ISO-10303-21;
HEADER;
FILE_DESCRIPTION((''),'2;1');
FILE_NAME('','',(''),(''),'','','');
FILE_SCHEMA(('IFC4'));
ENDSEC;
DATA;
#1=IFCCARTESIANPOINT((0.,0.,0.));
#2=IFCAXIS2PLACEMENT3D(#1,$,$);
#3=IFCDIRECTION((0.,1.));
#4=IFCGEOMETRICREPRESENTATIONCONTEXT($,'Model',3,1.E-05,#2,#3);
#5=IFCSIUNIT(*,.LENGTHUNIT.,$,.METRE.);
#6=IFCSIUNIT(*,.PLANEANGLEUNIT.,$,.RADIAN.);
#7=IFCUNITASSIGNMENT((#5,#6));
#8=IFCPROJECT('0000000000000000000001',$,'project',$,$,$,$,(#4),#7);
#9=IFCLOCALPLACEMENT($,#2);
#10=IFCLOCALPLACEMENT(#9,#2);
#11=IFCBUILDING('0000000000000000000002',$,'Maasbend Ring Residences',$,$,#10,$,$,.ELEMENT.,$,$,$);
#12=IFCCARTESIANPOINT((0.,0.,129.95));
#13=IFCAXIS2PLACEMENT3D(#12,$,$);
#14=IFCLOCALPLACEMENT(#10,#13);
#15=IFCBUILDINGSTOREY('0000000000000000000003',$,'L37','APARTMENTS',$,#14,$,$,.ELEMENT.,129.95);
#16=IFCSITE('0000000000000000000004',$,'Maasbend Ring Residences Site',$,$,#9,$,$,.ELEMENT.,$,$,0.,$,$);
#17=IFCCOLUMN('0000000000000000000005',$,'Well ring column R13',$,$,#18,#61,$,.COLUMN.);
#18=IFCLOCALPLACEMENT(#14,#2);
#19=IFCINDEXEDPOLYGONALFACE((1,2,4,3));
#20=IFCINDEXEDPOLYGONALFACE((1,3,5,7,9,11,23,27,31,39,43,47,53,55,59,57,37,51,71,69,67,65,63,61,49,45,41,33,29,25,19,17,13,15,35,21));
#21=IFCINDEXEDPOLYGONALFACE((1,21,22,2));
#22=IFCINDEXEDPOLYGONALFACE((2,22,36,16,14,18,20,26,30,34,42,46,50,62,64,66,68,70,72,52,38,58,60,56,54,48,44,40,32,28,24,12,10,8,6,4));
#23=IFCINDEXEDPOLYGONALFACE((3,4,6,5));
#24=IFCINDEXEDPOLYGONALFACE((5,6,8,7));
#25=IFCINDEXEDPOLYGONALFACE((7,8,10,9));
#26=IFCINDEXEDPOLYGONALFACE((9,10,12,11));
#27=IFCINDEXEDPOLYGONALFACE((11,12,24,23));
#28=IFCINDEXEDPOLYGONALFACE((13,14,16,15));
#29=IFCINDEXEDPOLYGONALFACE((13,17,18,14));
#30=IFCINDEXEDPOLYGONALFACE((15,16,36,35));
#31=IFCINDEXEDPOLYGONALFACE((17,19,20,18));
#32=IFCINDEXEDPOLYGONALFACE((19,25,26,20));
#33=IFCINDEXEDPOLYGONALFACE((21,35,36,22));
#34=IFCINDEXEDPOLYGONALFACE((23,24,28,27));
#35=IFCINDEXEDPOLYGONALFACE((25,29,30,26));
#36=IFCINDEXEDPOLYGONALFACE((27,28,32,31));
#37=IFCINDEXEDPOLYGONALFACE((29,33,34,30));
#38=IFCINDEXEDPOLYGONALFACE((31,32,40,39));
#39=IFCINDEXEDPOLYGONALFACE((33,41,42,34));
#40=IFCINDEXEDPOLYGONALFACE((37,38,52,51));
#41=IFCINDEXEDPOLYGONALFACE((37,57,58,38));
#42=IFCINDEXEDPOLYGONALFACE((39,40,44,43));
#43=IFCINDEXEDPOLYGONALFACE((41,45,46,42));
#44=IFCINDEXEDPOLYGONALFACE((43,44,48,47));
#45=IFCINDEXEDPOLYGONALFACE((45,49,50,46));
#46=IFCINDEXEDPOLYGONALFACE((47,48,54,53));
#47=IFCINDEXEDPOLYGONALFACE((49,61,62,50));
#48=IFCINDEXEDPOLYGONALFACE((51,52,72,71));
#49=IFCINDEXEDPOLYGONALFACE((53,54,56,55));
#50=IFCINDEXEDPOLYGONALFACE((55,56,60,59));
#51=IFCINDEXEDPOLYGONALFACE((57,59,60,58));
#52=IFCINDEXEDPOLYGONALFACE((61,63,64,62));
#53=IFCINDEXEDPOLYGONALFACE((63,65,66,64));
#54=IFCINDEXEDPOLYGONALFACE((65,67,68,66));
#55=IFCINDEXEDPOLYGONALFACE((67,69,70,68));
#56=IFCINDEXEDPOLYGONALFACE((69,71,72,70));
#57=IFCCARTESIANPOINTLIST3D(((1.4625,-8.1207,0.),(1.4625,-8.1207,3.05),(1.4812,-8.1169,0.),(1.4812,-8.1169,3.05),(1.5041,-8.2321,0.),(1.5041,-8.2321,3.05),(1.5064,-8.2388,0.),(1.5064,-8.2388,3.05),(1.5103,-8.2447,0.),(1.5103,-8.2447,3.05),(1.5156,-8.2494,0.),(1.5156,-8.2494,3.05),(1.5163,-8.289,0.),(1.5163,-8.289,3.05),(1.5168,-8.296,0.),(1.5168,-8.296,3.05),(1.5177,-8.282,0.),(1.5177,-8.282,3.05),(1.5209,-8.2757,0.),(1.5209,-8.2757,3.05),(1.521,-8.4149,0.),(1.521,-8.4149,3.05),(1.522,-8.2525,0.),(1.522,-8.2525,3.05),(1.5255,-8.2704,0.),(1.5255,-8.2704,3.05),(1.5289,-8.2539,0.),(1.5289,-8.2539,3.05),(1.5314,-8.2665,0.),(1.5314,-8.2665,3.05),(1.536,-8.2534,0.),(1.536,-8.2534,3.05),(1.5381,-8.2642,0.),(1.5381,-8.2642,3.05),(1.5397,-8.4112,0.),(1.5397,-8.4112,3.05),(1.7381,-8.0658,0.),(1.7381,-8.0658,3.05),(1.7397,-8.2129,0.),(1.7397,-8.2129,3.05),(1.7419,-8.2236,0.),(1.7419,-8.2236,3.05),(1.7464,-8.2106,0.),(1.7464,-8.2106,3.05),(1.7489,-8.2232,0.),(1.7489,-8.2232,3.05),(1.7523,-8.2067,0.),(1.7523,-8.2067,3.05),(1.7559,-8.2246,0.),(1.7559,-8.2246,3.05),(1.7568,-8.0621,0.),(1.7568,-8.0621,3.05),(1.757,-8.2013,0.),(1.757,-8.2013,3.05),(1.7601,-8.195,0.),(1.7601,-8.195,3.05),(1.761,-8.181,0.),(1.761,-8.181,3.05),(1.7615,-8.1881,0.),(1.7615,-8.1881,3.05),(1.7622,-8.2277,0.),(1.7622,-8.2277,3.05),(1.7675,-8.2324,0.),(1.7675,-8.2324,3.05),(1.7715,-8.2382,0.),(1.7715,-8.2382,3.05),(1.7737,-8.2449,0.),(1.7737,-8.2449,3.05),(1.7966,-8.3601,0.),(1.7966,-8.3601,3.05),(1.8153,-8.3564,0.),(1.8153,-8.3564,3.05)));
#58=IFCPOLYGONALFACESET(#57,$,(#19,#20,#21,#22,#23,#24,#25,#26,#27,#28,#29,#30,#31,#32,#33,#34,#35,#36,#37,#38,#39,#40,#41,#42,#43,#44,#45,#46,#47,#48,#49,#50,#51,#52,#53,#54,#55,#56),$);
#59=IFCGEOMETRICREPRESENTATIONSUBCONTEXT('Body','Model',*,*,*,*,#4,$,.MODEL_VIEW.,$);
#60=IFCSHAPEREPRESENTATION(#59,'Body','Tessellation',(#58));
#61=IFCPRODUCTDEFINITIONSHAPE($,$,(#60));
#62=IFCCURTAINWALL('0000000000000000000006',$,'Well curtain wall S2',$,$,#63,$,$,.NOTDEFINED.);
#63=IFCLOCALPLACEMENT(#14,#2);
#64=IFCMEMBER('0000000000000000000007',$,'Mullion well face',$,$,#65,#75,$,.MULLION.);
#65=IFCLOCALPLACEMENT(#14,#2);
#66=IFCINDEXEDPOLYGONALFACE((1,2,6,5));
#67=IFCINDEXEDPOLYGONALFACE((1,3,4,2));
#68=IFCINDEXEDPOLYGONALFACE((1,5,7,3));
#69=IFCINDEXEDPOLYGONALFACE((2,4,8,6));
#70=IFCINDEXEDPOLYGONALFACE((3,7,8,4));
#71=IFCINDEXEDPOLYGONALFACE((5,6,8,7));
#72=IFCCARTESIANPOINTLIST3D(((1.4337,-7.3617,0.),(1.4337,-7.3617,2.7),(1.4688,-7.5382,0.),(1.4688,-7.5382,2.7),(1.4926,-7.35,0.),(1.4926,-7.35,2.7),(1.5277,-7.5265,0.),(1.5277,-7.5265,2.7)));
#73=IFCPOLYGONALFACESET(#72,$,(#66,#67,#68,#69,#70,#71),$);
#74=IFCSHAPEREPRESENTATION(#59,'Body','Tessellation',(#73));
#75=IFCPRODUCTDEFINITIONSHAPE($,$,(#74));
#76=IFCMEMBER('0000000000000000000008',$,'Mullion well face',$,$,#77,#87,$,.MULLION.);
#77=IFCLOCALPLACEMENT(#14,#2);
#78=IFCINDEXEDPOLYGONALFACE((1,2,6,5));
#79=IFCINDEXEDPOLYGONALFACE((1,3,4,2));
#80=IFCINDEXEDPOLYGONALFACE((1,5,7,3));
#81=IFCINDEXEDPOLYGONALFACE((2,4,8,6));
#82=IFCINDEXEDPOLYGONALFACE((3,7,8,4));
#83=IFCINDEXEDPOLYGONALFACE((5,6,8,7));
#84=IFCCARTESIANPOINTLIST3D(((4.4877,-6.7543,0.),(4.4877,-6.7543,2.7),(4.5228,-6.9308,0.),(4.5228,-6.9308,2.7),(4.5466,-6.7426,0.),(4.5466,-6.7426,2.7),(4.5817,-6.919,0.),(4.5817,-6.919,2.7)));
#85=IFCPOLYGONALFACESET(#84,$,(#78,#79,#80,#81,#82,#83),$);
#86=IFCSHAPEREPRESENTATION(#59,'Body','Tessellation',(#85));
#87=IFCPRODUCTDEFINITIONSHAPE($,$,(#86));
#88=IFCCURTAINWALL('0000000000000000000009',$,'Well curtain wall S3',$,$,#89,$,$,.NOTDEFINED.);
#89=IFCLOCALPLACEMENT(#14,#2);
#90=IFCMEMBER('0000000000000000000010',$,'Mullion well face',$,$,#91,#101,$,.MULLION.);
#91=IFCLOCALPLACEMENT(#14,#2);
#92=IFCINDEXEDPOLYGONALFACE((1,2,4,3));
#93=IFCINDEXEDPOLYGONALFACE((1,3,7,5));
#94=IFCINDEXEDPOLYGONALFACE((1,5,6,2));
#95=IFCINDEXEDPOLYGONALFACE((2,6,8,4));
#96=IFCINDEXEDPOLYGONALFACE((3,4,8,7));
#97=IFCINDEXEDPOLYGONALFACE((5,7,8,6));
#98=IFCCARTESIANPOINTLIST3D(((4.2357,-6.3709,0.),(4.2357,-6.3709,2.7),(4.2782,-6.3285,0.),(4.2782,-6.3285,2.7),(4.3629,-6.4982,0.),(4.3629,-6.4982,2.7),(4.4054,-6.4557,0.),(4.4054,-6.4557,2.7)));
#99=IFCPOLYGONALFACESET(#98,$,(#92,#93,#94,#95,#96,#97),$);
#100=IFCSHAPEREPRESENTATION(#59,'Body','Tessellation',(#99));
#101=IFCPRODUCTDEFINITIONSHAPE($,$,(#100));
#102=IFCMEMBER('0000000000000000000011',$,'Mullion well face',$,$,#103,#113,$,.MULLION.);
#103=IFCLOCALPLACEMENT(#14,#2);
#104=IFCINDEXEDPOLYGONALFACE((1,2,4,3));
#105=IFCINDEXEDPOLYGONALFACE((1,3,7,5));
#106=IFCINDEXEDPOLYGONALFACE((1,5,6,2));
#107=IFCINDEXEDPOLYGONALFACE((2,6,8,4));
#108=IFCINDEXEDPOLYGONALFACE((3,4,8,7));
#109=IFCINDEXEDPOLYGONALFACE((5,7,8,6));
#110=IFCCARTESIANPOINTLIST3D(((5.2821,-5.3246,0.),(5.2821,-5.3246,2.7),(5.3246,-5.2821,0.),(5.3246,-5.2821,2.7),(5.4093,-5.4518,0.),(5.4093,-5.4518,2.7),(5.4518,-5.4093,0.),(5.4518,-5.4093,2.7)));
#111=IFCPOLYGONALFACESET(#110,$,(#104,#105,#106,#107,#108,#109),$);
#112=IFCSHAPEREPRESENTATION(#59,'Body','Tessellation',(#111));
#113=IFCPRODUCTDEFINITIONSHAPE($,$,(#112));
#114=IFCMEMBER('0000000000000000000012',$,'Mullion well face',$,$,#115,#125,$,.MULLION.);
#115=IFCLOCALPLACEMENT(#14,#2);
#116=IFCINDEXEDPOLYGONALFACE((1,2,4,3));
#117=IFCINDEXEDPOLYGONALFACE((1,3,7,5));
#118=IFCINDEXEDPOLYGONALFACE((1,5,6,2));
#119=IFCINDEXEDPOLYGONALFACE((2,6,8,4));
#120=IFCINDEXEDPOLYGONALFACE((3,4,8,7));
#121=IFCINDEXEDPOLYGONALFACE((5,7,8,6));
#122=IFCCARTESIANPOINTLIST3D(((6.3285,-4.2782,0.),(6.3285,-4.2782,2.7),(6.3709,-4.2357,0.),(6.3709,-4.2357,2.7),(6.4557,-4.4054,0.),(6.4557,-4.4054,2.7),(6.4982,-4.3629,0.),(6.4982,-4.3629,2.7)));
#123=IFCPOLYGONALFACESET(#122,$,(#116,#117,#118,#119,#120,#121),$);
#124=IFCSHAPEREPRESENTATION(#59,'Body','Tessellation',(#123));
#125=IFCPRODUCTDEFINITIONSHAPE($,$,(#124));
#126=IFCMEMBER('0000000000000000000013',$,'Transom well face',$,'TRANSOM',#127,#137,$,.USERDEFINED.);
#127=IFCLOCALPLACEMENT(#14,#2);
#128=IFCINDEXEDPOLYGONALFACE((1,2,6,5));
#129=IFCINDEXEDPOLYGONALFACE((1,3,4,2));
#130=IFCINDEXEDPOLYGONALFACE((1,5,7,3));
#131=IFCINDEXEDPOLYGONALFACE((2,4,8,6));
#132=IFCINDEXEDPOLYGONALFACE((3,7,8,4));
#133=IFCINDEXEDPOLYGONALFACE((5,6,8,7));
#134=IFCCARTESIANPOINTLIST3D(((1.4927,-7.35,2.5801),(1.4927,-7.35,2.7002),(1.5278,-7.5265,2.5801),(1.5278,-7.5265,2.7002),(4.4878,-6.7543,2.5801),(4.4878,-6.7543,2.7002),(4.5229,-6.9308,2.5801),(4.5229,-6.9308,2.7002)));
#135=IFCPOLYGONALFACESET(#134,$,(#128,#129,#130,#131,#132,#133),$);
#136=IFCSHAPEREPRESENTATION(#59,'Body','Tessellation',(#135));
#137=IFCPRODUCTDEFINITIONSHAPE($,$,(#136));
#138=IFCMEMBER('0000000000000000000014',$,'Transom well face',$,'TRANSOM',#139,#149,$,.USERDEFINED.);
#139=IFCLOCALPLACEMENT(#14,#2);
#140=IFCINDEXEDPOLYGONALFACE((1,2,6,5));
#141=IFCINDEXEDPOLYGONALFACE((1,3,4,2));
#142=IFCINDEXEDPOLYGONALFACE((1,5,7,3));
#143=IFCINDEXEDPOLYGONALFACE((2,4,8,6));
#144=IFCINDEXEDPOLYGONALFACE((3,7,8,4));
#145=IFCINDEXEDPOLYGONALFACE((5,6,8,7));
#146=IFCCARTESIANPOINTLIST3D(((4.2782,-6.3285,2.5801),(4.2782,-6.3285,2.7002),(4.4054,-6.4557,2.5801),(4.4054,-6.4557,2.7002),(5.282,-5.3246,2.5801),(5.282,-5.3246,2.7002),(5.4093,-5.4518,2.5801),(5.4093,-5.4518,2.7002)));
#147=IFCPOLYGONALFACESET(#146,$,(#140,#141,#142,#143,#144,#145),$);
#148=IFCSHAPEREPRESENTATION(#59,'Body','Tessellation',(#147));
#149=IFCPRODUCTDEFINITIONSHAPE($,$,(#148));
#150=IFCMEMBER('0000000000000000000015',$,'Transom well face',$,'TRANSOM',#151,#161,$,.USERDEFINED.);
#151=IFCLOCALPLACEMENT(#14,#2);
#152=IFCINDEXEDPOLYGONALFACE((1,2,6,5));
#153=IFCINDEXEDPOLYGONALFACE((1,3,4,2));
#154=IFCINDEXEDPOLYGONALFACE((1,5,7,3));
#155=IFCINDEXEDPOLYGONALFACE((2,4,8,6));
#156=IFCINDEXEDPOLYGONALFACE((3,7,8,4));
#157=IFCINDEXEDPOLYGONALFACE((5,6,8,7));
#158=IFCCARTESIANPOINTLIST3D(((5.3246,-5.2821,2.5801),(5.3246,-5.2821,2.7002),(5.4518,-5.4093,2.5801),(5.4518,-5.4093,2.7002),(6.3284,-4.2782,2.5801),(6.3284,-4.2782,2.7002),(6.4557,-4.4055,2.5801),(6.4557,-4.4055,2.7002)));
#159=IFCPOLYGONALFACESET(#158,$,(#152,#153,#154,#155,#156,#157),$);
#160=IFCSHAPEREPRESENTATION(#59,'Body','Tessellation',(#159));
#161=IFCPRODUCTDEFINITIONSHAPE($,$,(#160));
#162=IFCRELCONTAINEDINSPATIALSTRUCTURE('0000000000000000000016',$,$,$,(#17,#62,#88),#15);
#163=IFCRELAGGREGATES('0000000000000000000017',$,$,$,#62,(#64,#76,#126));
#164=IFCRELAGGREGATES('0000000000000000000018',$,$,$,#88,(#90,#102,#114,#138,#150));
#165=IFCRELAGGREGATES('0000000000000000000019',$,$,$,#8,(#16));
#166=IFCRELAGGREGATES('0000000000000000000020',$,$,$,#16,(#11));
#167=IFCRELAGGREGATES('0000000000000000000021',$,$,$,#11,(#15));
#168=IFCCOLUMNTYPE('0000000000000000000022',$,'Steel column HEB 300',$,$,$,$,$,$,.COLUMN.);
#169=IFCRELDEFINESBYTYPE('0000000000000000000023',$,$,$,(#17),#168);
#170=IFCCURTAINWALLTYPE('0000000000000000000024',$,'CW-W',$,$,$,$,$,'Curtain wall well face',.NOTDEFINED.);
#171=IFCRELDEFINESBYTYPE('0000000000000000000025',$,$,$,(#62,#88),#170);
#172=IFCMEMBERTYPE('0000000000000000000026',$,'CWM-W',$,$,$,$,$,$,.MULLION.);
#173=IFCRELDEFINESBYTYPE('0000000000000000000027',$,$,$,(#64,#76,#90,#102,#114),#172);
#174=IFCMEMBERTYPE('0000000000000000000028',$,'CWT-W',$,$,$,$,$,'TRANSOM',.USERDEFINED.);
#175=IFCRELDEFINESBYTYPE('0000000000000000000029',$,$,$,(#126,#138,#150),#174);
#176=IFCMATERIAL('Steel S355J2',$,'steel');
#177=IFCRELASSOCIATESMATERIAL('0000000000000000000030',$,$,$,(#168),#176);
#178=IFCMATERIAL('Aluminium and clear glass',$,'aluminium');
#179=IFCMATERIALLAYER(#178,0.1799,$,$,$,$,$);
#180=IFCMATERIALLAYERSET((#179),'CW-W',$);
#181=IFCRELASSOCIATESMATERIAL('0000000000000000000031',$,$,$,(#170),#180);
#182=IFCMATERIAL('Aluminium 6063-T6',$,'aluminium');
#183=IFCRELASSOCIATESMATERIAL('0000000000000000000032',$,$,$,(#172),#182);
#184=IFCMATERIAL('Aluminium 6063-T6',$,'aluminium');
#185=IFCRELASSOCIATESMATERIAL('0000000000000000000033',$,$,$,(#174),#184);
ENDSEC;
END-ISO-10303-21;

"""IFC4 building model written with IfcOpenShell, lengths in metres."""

from ifc_helpers import new_model, si_unit, direction, frame, origin, origin_2d, place, context, subcontext, project, spatial, rectangle, i_section, extrude, material, layer, layer_set, material_profile, profile_set, type_object, element, aggregate, save


model = new_model("IFC4")

# Units and contexts
model_context = context("Model", 3, precision=1e-05, world=origin(), true_north=direction((0.0, 1.0)))
body_context = subcontext(model_context, "Body", "Model", "MODEL_VIEW")
ifc_project = project(units=[si_unit("LENGTHUNIT", "METRE"), si_unit("PLANEANGLEUNIT", "RADIAN")], contexts=[model_context])

# Site, building, storey
site_placement = place(None, origin())
site = spatial("IfcSite", under=ifc_project, at=site_placement, Name="Maasbend Ring Residences Site", CompositionType="ELEMENT", RefElevation=0.0)
building_placement = place(site_placement, origin())
building = spatial("IfcBuilding", under=site, at=building_placement, Name="Maasbend Ring Residences", CompositionType="ELEMENT")
storey_placement = place(building_placement, frame((0.0, 0.0, 129.95)))
storey = spatial("IfcBuildingStorey", under=building, at=storey_placement, Name="L37", Description="APARTMENTS", CompositionType="ELEMENT", Elevation=129.95)

# Column
ifc_material_1 = material(Name="Steel S355J2", Category="steel")
ifc_material_profile_1 = material_profile(ifc_material_1, i_section(OverallWidth=0.3, OverallDepth=0.3, WebThickness=0.011, FlangeThickness=0.019, FilletRadius=0.0271, at=origin_2d()), Name="HEB 300")
ifc_profile_set_1 = profile_set([ifc_material_profile_1], Name="Steel S355J2")
column_type = type_object("IfcColumnType", Name="Steel column HEB 300", PredefinedType="COLUMN", material=ifc_profile_set_1)
column_placement = place(storey_placement, frame((1.6389, -8.2385, 0.0), z_axis=(0.0, 0.0, 1.0), x_axis=(0.19509, -0.980785, 0.0)))
element("IfcColumn", 1, at=column_placement, inside=storey, type_object=column_type, Name="Well ring column R13", PredefinedType="COLUMN", context=body_context, shape_type="SweptSolid", body=[
    extrude(i_section(OverallWidth=0.3, OverallDepth=0.3, WebThickness=0.011, FlangeThickness=0.019, FilletRadius=0.0271, at=origin_2d()), origin(), (0.0, 0.0, 1.0), 3.05),
])

# Curtain walls, members
ifc_material_2 = material(Name="Aluminium and clear glass", Category="aluminium")
ifc_layer_1 = layer(ifc_material_2, 0.1799)
ifc_layer_set_1 = layer_set([ifc_layer_1], Name="CW-W")
curtain_wall_type = type_object("IfcCurtainWallType", Name="CW-W", ElementType="Curtain wall well face", PredefinedType="NOTDEFINED", material=ifc_layer_set_1)
curtain_wall_1_placement = place(storey_placement, origin())
curtain_wall_1 = element("IfcCurtainWall", 2, at=curtain_wall_1_placement, inside=storey, type_object=curtain_wall_type, Name="Well curtain wall S2", PredefinedType="NOTDEFINED")
ifc_material_3 = material(Name="Aluminium 6063-T6", Category="aluminium")
ifc_material_profile_2 = material_profile(ifc_material_3, rectangle(XDim=0.1799, YDim=0.0601, at=origin_2d()), Name="AL 180x60")
ifc_profile_set_2 = profile_set([ifc_material_profile_2], Name="Aluminium 6063-T6")
member_type_1 = type_object("IfcMemberType", Name="CWM-W", PredefinedType="MULLION", material=ifc_profile_set_2)
member_1_placement = place(storey_placement, frame((1.4807, -7.4441, 0.0), z_axis=(0.0, 0.0, 1.0), x_axis=(-0.19509, 0.980785, 0.0)))
member_1 = element("IfcMember", 3, at=member_1_placement, type_object=member_type_1, Name="Mullion well face", PredefinedType="MULLION", context=body_context, shape_type="SweptSolid", body=[
    extrude(rectangle(XDim=0.1799, YDim=0.0601, at=origin_2d()), origin(), (0.0, 0.0, 1.0), 2.7),
])
member_2_placement = place(storey_placement, frame((4.5347, -6.8367, 0.0), z_axis=(0.0, 0.0, 1.0), x_axis=(-0.19509, 0.980785, 0.0)))
member_2 = element("IfcMember", 4, at=member_2_placement, type_object=member_type_1, Name="Mullion well face", PredefinedType="MULLION", context=body_context, shape_type="SweptSolid", body=[
    extrude(rectangle(XDim=0.1799, YDim=0.0601, at=origin_2d()), origin(), (0.0, 0.0, 1.0), 2.7),
])
curtain_wall_2_placement = place(storey_placement, origin())
curtain_wall_2 = element("IfcCurtainWall", 5, at=curtain_wall_2_placement, inside=storey, type_object=curtain_wall_type, Name="Well curtain wall S3", PredefinedType="NOTDEFINED")
member_3_placement = place(storey_placement, frame((4.3206, -6.4133, 0.0), z_axis=(0.0, 0.0, 1.0), x_axis=(-0.707107, 0.707107, 0.0)))
member_3 = element("IfcMember", 6, at=member_3_placement, type_object=member_type_1, Name="Mullion well face", PredefinedType="MULLION", context=body_context, shape_type="SweptSolid", body=[
    extrude(rectangle(XDim=0.1799, YDim=0.0601, at=origin_2d()), origin(), (0.0, 0.0, 1.0), 2.7),
])
member_4_placement = place(storey_placement, frame((5.3669, -5.3669, 0.0), z_axis=(0.0, 0.0, 1.0), x_axis=(-0.707107, 0.707107, 0.0)))
member_4 = element("IfcMember", 7, at=member_4_placement, type_object=member_type_1, Name="Mullion well face", PredefinedType="MULLION", context=body_context, shape_type="SweptSolid", body=[
    extrude(rectangle(XDim=0.1799, YDim=0.0601, at=origin_2d()), origin(), (0.0, 0.0, 1.0), 2.7),
])
member_5_placement = place(storey_placement, frame((6.4133, -4.3206, 0.0), z_axis=(0.0, 0.0, 1.0), x_axis=(-0.707107, 0.707107, 0.0)))
member_5 = element("IfcMember", 8, at=member_5_placement, type_object=member_type_1, Name="Mullion well face", PredefinedType="MULLION", context=body_context, shape_type="SweptSolid", body=[
    extrude(rectangle(XDim=0.1799, YDim=0.0601, at=origin_2d()), origin(), (0.0, 0.0, 1.0), 2.7),
])

# Members
ifc_material_4 = material(Name="Aluminium 6063-T6", Category="aluminium")
ifc_material_profile_3 = material_profile(ifc_material_4, rectangle(XDim=0.1799, YDim=0.1201, at=origin_2d()), Name="AL 180x120")
ifc_profile_set_3 = profile_set([ifc_material_profile_3], Name="Aluminium 6063-T6")
member_type_2 = type_object("IfcMemberType", Name="CWT-W", ElementType="TRANSOM", PredefinedType="USERDEFINED", material=ifc_profile_set_3)
member_6_placement = place(storey_placement, frame((1.5103, -7.4382, 2.6401), z_axis=(0.980789, 0.195071, 0.0), x_axis=(-0.195071, 0.980789, 0.0)))
member_6 = element("IfcMember", 9, at=member_6_placement, type_object=member_type_2, Name="Transom well face", ObjectType="TRANSOM", PredefinedType="USERDEFINED", context=body_context, shape_type="SweptSolid", body=[
    extrude(rectangle(XDim=0.1799, YDim=0.1201, at=origin_2d()), origin(), (0.0, 0.0, 1.0), 3.0537),
])
member_7_placement = place(storey_placement, frame((4.3418, -6.3921, 2.6401), z_axis=(0.707107, 0.707107, 0.0), x_axis=(-0.707107, 0.707107, 0.0)))
member_7 = element("IfcMember", 10, at=member_7_placement, type_object=member_type_2, Name="Transom well face", ObjectType="TRANSOM", PredefinedType="USERDEFINED", context=body_context, shape_type="SweptSolid", body=[
    extrude(rectangle(XDim=0.1799, YDim=0.1201, at=origin_2d()), origin(), (0.0, 0.0, 1.0), 1.4197),
])
member_8_placement = place(storey_placement, frame((5.3882, -5.3457, 2.6401), z_axis=(0.707107, 0.707107, 0.0), x_axis=(-0.707107, 0.707107, 0.0)))
member_8 = element("IfcMember", 11, at=member_8_placement, type_object=member_type_2, Name="Transom well face", ObjectType="TRANSOM", PredefinedType="USERDEFINED", context=body_context, shape_type="SweptSolid", body=[
    extrude(rectangle(XDim=0.1799, YDim=0.1201, at=origin_2d()), origin(), (0.0, 0.0, 1.0), 1.4197),
])

aggregate(curtain_wall_1, [member_1, member_2, member_6])
aggregate(curtain_wall_2, [member_3, member_4, member_5, member_7, member_8])

save(model, "model.ifc")
